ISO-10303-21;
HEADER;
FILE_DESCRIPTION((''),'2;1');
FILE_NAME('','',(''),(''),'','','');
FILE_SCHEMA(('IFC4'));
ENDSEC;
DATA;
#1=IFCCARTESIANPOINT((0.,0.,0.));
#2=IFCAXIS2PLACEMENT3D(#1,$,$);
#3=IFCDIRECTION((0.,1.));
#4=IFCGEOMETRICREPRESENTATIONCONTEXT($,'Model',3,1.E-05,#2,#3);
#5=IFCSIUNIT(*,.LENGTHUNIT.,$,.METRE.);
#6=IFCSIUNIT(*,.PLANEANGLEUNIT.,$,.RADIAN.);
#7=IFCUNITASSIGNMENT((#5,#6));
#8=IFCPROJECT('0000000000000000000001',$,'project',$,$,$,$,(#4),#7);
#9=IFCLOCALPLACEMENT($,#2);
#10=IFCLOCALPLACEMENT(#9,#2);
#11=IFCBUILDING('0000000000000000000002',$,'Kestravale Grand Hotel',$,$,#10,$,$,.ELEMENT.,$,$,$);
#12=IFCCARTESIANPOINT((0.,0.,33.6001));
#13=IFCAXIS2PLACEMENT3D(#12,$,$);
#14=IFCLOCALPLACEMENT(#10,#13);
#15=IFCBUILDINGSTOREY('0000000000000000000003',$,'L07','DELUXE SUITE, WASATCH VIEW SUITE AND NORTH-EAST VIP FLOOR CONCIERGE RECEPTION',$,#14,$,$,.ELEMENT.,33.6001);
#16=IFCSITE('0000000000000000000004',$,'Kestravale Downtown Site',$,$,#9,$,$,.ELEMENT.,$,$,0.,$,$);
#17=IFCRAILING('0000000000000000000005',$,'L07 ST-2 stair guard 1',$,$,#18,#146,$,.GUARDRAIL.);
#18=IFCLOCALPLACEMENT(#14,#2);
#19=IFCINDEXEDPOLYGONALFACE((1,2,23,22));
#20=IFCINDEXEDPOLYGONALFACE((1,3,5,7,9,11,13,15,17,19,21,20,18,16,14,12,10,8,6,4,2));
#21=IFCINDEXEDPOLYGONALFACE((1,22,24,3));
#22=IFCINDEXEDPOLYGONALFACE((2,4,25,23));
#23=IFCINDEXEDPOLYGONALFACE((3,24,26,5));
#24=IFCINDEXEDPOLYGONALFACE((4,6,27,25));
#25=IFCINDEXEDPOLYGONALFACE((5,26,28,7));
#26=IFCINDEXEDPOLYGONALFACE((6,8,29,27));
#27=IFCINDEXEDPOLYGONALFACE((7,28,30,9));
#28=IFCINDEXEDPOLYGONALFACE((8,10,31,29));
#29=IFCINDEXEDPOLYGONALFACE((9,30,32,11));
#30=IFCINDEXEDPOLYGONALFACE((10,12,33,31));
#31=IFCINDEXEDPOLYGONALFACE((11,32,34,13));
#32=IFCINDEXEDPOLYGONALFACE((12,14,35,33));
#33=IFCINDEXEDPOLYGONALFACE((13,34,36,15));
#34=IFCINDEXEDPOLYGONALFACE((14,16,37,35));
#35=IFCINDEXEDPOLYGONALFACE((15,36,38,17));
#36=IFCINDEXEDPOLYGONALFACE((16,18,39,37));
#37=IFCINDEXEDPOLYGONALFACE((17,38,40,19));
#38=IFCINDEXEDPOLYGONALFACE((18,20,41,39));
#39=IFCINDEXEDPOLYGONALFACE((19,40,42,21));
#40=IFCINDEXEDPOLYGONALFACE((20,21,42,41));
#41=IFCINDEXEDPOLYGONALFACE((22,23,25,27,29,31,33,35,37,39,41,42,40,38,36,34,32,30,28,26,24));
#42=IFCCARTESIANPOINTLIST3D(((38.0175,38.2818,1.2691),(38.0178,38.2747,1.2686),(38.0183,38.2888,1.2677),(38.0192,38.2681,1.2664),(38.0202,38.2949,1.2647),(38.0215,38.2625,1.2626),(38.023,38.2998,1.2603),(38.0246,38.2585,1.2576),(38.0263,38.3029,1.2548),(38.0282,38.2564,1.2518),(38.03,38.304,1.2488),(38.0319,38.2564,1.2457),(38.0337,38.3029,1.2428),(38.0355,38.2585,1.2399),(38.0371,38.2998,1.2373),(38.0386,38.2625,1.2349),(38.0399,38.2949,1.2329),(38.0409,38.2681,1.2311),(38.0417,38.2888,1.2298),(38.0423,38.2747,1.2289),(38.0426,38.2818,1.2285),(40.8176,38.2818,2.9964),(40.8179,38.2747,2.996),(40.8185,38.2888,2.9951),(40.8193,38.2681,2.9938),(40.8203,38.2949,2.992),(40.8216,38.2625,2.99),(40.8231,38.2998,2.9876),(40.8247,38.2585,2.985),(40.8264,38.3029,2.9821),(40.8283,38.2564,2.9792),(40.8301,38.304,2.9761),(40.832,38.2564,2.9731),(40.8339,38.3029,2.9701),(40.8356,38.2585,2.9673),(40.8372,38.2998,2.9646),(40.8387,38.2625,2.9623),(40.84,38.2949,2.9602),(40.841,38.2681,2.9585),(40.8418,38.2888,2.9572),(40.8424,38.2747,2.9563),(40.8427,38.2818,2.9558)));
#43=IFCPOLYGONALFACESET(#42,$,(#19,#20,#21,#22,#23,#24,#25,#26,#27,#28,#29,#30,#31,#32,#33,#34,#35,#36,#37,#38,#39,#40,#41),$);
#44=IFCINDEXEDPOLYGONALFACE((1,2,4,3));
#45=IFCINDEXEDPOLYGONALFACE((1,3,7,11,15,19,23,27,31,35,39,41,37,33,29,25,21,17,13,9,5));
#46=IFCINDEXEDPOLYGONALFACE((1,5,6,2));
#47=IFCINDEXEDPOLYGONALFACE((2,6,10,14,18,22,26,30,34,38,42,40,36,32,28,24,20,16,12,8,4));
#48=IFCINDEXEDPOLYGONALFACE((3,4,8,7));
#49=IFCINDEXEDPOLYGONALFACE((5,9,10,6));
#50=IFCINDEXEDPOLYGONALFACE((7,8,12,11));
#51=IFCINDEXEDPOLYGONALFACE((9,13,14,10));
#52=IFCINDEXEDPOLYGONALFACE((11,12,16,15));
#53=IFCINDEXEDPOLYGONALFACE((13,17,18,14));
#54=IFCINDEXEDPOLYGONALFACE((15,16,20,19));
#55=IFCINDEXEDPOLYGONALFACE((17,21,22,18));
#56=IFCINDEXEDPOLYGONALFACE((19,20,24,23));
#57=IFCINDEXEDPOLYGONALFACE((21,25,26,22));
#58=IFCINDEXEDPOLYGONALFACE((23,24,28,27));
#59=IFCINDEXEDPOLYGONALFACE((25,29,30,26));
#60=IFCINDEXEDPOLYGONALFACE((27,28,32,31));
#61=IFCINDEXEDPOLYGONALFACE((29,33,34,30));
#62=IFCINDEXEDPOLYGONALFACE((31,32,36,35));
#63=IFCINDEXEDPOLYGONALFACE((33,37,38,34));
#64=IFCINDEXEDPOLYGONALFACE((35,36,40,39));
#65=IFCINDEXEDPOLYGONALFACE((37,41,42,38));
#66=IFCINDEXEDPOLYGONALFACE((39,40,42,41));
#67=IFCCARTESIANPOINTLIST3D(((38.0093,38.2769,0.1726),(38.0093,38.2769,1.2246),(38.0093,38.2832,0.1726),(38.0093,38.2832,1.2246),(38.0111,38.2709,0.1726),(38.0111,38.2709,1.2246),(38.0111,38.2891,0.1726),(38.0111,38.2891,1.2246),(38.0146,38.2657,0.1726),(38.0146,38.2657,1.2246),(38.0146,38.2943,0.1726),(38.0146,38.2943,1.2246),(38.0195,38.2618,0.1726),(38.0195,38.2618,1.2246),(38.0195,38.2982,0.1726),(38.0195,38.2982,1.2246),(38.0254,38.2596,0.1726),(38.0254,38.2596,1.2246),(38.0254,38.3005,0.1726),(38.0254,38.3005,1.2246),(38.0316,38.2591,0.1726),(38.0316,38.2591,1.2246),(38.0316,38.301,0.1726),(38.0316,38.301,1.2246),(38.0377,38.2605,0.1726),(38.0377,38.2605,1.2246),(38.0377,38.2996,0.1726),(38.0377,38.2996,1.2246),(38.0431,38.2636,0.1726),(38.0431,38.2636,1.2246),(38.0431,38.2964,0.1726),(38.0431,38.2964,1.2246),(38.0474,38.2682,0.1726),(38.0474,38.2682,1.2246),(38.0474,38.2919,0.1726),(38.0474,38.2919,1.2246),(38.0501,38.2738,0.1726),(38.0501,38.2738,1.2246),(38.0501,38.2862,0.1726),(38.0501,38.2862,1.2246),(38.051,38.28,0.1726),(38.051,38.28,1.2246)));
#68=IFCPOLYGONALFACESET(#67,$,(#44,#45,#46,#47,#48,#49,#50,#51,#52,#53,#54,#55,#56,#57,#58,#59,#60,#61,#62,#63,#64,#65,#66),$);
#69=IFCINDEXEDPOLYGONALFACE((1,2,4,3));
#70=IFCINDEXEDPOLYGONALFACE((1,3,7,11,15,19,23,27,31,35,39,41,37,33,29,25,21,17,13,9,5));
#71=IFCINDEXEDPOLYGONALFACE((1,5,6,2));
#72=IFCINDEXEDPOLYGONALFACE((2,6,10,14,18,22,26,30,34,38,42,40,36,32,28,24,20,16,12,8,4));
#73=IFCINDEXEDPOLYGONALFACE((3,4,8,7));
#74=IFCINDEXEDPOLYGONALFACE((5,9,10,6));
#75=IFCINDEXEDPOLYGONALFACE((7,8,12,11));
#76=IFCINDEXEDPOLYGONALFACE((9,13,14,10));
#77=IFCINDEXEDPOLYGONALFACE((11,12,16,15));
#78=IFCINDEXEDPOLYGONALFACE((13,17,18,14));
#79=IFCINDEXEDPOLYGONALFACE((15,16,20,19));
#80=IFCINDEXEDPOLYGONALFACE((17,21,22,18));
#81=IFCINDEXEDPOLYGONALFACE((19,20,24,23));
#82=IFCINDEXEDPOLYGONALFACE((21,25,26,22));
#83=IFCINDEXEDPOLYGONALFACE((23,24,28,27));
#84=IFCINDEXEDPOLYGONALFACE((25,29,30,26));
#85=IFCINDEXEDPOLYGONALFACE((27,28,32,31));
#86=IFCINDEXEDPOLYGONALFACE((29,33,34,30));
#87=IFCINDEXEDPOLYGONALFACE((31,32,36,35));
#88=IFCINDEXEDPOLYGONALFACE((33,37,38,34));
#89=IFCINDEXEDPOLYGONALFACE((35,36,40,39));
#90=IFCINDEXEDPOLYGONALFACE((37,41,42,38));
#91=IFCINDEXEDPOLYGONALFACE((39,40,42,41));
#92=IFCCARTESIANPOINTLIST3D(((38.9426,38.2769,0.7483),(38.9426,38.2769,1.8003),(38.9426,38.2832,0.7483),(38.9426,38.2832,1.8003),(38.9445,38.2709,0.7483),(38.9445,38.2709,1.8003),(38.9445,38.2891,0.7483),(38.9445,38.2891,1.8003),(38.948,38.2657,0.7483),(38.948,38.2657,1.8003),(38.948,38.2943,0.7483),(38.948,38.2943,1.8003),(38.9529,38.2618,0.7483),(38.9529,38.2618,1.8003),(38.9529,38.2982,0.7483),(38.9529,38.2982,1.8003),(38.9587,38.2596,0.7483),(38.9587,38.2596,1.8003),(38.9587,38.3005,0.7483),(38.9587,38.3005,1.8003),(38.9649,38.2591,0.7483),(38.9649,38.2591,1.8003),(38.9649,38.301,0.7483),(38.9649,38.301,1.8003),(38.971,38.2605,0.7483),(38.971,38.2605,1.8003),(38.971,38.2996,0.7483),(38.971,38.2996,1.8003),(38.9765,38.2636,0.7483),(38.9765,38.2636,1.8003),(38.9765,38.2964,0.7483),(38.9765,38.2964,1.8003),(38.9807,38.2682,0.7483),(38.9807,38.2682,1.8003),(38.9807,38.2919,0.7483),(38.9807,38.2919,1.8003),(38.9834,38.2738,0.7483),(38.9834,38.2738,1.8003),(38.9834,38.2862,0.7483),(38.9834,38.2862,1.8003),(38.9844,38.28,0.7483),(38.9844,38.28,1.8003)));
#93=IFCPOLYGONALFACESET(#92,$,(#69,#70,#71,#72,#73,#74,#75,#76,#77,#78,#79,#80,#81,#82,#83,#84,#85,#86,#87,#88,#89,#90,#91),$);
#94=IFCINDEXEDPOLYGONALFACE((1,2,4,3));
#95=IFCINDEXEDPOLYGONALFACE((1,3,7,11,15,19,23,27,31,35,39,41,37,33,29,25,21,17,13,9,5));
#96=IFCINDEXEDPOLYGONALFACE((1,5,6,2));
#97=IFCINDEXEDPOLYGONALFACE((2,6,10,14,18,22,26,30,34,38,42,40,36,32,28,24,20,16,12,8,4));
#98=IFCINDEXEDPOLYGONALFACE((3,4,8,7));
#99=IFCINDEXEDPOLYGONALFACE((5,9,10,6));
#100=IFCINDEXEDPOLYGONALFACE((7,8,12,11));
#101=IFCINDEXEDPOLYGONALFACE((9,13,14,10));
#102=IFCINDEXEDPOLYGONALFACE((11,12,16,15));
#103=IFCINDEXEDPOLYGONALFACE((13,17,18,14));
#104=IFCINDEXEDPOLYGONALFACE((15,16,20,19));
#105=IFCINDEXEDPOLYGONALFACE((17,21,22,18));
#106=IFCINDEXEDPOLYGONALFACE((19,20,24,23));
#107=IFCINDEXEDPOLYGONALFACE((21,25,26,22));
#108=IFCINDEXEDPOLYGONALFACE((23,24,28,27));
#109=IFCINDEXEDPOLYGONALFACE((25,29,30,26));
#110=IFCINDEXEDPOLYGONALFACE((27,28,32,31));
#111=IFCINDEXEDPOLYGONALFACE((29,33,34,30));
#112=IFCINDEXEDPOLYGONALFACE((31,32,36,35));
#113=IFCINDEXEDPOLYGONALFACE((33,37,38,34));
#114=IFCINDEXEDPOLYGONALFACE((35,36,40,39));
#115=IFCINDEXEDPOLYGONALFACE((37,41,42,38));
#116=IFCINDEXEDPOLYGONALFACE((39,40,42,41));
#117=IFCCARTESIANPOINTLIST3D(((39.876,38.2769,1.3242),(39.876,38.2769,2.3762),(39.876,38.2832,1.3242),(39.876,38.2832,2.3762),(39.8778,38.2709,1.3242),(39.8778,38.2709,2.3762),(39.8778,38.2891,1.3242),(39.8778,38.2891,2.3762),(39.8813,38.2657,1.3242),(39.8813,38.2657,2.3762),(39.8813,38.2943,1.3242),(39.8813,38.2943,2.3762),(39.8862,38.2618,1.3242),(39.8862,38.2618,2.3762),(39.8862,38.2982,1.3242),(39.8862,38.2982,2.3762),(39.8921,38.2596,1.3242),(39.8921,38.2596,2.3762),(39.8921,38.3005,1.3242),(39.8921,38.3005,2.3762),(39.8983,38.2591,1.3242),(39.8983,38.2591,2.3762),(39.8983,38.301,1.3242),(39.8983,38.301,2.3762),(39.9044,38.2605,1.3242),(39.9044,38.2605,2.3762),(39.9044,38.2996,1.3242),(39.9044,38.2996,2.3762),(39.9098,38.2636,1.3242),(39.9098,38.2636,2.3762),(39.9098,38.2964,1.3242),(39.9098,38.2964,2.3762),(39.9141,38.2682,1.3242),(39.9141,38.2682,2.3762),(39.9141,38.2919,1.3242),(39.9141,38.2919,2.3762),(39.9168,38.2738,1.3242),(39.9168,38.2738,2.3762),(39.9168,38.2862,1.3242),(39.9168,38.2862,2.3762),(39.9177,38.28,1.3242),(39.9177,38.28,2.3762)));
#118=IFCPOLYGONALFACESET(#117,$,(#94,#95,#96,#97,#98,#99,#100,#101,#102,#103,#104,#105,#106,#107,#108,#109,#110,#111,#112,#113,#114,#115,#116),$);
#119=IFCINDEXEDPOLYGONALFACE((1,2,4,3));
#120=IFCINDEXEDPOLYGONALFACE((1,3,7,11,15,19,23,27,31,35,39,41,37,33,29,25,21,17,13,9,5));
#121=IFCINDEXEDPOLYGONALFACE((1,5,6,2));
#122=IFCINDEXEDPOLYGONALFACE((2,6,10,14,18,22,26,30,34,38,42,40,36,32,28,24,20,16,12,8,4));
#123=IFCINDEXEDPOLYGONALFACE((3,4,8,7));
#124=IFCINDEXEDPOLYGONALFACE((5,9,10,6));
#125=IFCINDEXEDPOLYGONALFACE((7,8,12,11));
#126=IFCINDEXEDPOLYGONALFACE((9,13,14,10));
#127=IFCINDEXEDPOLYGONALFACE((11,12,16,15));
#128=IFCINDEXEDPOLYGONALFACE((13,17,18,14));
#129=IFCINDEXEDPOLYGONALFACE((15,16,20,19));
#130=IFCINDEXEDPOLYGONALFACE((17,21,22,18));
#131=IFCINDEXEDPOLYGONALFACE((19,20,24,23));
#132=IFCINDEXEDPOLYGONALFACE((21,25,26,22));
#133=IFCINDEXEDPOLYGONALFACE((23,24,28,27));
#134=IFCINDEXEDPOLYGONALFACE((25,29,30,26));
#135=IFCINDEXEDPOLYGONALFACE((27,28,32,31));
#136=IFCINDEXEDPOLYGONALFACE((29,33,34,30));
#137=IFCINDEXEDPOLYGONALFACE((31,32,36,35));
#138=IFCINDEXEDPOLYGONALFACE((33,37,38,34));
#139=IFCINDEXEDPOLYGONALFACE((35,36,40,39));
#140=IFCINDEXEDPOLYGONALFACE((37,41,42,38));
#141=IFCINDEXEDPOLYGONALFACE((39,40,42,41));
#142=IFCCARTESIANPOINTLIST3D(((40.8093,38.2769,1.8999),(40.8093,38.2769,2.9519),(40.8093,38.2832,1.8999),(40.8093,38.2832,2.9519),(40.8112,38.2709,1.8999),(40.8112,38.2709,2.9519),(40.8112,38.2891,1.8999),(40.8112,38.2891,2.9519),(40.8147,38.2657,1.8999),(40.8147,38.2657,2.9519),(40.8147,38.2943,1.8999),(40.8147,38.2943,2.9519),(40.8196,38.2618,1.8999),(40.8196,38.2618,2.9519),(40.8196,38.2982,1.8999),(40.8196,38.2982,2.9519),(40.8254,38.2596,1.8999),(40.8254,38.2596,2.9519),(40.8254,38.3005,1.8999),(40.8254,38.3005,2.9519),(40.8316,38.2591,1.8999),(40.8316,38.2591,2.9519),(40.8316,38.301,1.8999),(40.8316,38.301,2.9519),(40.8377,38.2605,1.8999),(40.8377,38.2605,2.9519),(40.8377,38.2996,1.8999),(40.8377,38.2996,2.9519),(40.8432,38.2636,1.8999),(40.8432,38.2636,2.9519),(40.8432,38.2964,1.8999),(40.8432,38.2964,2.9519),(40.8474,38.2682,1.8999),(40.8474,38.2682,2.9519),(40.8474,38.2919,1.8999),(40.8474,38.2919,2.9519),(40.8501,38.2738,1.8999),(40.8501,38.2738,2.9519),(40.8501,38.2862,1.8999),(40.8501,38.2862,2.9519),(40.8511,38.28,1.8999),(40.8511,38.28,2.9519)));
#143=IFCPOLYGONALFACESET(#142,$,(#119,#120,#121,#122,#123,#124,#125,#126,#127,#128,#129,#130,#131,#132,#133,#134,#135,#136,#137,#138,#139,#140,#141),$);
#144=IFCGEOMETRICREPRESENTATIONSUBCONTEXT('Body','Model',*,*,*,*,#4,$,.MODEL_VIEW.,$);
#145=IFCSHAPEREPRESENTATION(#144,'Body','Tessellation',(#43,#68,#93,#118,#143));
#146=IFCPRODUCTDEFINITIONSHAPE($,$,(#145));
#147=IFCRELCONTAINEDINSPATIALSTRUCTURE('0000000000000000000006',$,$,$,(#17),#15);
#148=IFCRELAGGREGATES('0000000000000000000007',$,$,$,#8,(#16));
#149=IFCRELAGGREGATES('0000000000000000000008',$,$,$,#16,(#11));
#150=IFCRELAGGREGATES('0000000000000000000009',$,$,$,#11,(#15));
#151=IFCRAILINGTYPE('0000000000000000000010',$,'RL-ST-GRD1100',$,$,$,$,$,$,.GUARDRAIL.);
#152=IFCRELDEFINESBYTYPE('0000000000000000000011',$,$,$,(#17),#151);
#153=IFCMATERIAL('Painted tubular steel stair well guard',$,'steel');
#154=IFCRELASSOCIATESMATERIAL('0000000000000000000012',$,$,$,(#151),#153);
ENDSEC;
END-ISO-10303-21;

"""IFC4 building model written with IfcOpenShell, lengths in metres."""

from ifc_helpers import new_model, si_unit, direction, frame, origin, origin_2d, place, context, subcontext, project, spatial, circle, extrude, material, type_object, element, save


model = new_model("IFC4")

# Units and contexts
model_context = context("Model", 3, precision=1e-05, world=origin(), true_north=direction((0.0, 1.0)))
body_context = subcontext(model_context, "Body", "Model", "MODEL_VIEW")
ifc_project = project(units=[si_unit("LENGTHUNIT", "METRE"), si_unit("PLANEANGLEUNIT", "RADIAN")], contexts=[model_context])

# Site, building, storey
site_placement = place(None, origin())
site = spatial("IfcSite", under=ifc_project, at=site_placement, Name="Kestravale Downtown Site", CompositionType="ELEMENT", RefElevation=0.0)
building_placement = place(site_placement, origin())
building = spatial("IfcBuilding", under=site, at=building_placement, Name="Kestravale Grand Hotel", CompositionType="ELEMENT")
storey_placement = place(building_placement, frame((0.0, 0.0, 33.6001)))
storey = spatial("IfcBuildingStorey", under=building, at=storey_placement, Name="L07", Description="DELUXE SUITE, WASATCH VIEW SUITE AND NORTH-EAST VIP FLOOR CONCIERGE RECEPTION", CompositionType="ELEMENT", Elevation=33.6001)

# Railing
ifc_material_1 = material(Name="Painted tubular steel stair well guard", Category="steel")
railing_type_1 = type_object("IfcRailingType", Name="RL-ST-GRD1100", PredefinedType="GUARDRAIL", material=ifc_material_1)
railing_1_placement = place(storey_placement, frame((38.03, 38.28, 0.1726)))
element("IfcRailing", 1, at=railing_1_placement, inside=storey, type_object=railing_type_1, Name="L07 ST-2 stair guard 1", PredefinedType="GUARDRAIL", context=body_context, shape_type="SweptSolid", body=[
    extrude(circle(Radius=0.0239, at=origin_2d()), frame((0.0, 0.0, 1.0762), z_axis=(0.85109, 0.0, 0.52502), x_axis=(0.0, 1.0, 0.0)), (0.0, 0.0, 1.0), 3.29),
    extrude(circle(Radius=0.021, at=origin_2d()), origin(), (0.0, 0.0, 1.0), 1.052),
    extrude(circle(Radius=0.021, at=origin_2d()), frame((0.9333, 0.0, 0.5757)), (0.0, 0.0, 1.0), 1.052),
    extrude(circle(Radius=0.021, at=origin_2d()), frame((1.8667, 0.0, 1.1516)), (0.0, 0.0, 1.0), 1.052),
    extrude(circle(Radius=0.021, at=origin_2d()), frame((2.8, 0.0, 1.7273)), (0.0, 0.0, 1.0), 1.052),
])

save(model, "model.ifc")
